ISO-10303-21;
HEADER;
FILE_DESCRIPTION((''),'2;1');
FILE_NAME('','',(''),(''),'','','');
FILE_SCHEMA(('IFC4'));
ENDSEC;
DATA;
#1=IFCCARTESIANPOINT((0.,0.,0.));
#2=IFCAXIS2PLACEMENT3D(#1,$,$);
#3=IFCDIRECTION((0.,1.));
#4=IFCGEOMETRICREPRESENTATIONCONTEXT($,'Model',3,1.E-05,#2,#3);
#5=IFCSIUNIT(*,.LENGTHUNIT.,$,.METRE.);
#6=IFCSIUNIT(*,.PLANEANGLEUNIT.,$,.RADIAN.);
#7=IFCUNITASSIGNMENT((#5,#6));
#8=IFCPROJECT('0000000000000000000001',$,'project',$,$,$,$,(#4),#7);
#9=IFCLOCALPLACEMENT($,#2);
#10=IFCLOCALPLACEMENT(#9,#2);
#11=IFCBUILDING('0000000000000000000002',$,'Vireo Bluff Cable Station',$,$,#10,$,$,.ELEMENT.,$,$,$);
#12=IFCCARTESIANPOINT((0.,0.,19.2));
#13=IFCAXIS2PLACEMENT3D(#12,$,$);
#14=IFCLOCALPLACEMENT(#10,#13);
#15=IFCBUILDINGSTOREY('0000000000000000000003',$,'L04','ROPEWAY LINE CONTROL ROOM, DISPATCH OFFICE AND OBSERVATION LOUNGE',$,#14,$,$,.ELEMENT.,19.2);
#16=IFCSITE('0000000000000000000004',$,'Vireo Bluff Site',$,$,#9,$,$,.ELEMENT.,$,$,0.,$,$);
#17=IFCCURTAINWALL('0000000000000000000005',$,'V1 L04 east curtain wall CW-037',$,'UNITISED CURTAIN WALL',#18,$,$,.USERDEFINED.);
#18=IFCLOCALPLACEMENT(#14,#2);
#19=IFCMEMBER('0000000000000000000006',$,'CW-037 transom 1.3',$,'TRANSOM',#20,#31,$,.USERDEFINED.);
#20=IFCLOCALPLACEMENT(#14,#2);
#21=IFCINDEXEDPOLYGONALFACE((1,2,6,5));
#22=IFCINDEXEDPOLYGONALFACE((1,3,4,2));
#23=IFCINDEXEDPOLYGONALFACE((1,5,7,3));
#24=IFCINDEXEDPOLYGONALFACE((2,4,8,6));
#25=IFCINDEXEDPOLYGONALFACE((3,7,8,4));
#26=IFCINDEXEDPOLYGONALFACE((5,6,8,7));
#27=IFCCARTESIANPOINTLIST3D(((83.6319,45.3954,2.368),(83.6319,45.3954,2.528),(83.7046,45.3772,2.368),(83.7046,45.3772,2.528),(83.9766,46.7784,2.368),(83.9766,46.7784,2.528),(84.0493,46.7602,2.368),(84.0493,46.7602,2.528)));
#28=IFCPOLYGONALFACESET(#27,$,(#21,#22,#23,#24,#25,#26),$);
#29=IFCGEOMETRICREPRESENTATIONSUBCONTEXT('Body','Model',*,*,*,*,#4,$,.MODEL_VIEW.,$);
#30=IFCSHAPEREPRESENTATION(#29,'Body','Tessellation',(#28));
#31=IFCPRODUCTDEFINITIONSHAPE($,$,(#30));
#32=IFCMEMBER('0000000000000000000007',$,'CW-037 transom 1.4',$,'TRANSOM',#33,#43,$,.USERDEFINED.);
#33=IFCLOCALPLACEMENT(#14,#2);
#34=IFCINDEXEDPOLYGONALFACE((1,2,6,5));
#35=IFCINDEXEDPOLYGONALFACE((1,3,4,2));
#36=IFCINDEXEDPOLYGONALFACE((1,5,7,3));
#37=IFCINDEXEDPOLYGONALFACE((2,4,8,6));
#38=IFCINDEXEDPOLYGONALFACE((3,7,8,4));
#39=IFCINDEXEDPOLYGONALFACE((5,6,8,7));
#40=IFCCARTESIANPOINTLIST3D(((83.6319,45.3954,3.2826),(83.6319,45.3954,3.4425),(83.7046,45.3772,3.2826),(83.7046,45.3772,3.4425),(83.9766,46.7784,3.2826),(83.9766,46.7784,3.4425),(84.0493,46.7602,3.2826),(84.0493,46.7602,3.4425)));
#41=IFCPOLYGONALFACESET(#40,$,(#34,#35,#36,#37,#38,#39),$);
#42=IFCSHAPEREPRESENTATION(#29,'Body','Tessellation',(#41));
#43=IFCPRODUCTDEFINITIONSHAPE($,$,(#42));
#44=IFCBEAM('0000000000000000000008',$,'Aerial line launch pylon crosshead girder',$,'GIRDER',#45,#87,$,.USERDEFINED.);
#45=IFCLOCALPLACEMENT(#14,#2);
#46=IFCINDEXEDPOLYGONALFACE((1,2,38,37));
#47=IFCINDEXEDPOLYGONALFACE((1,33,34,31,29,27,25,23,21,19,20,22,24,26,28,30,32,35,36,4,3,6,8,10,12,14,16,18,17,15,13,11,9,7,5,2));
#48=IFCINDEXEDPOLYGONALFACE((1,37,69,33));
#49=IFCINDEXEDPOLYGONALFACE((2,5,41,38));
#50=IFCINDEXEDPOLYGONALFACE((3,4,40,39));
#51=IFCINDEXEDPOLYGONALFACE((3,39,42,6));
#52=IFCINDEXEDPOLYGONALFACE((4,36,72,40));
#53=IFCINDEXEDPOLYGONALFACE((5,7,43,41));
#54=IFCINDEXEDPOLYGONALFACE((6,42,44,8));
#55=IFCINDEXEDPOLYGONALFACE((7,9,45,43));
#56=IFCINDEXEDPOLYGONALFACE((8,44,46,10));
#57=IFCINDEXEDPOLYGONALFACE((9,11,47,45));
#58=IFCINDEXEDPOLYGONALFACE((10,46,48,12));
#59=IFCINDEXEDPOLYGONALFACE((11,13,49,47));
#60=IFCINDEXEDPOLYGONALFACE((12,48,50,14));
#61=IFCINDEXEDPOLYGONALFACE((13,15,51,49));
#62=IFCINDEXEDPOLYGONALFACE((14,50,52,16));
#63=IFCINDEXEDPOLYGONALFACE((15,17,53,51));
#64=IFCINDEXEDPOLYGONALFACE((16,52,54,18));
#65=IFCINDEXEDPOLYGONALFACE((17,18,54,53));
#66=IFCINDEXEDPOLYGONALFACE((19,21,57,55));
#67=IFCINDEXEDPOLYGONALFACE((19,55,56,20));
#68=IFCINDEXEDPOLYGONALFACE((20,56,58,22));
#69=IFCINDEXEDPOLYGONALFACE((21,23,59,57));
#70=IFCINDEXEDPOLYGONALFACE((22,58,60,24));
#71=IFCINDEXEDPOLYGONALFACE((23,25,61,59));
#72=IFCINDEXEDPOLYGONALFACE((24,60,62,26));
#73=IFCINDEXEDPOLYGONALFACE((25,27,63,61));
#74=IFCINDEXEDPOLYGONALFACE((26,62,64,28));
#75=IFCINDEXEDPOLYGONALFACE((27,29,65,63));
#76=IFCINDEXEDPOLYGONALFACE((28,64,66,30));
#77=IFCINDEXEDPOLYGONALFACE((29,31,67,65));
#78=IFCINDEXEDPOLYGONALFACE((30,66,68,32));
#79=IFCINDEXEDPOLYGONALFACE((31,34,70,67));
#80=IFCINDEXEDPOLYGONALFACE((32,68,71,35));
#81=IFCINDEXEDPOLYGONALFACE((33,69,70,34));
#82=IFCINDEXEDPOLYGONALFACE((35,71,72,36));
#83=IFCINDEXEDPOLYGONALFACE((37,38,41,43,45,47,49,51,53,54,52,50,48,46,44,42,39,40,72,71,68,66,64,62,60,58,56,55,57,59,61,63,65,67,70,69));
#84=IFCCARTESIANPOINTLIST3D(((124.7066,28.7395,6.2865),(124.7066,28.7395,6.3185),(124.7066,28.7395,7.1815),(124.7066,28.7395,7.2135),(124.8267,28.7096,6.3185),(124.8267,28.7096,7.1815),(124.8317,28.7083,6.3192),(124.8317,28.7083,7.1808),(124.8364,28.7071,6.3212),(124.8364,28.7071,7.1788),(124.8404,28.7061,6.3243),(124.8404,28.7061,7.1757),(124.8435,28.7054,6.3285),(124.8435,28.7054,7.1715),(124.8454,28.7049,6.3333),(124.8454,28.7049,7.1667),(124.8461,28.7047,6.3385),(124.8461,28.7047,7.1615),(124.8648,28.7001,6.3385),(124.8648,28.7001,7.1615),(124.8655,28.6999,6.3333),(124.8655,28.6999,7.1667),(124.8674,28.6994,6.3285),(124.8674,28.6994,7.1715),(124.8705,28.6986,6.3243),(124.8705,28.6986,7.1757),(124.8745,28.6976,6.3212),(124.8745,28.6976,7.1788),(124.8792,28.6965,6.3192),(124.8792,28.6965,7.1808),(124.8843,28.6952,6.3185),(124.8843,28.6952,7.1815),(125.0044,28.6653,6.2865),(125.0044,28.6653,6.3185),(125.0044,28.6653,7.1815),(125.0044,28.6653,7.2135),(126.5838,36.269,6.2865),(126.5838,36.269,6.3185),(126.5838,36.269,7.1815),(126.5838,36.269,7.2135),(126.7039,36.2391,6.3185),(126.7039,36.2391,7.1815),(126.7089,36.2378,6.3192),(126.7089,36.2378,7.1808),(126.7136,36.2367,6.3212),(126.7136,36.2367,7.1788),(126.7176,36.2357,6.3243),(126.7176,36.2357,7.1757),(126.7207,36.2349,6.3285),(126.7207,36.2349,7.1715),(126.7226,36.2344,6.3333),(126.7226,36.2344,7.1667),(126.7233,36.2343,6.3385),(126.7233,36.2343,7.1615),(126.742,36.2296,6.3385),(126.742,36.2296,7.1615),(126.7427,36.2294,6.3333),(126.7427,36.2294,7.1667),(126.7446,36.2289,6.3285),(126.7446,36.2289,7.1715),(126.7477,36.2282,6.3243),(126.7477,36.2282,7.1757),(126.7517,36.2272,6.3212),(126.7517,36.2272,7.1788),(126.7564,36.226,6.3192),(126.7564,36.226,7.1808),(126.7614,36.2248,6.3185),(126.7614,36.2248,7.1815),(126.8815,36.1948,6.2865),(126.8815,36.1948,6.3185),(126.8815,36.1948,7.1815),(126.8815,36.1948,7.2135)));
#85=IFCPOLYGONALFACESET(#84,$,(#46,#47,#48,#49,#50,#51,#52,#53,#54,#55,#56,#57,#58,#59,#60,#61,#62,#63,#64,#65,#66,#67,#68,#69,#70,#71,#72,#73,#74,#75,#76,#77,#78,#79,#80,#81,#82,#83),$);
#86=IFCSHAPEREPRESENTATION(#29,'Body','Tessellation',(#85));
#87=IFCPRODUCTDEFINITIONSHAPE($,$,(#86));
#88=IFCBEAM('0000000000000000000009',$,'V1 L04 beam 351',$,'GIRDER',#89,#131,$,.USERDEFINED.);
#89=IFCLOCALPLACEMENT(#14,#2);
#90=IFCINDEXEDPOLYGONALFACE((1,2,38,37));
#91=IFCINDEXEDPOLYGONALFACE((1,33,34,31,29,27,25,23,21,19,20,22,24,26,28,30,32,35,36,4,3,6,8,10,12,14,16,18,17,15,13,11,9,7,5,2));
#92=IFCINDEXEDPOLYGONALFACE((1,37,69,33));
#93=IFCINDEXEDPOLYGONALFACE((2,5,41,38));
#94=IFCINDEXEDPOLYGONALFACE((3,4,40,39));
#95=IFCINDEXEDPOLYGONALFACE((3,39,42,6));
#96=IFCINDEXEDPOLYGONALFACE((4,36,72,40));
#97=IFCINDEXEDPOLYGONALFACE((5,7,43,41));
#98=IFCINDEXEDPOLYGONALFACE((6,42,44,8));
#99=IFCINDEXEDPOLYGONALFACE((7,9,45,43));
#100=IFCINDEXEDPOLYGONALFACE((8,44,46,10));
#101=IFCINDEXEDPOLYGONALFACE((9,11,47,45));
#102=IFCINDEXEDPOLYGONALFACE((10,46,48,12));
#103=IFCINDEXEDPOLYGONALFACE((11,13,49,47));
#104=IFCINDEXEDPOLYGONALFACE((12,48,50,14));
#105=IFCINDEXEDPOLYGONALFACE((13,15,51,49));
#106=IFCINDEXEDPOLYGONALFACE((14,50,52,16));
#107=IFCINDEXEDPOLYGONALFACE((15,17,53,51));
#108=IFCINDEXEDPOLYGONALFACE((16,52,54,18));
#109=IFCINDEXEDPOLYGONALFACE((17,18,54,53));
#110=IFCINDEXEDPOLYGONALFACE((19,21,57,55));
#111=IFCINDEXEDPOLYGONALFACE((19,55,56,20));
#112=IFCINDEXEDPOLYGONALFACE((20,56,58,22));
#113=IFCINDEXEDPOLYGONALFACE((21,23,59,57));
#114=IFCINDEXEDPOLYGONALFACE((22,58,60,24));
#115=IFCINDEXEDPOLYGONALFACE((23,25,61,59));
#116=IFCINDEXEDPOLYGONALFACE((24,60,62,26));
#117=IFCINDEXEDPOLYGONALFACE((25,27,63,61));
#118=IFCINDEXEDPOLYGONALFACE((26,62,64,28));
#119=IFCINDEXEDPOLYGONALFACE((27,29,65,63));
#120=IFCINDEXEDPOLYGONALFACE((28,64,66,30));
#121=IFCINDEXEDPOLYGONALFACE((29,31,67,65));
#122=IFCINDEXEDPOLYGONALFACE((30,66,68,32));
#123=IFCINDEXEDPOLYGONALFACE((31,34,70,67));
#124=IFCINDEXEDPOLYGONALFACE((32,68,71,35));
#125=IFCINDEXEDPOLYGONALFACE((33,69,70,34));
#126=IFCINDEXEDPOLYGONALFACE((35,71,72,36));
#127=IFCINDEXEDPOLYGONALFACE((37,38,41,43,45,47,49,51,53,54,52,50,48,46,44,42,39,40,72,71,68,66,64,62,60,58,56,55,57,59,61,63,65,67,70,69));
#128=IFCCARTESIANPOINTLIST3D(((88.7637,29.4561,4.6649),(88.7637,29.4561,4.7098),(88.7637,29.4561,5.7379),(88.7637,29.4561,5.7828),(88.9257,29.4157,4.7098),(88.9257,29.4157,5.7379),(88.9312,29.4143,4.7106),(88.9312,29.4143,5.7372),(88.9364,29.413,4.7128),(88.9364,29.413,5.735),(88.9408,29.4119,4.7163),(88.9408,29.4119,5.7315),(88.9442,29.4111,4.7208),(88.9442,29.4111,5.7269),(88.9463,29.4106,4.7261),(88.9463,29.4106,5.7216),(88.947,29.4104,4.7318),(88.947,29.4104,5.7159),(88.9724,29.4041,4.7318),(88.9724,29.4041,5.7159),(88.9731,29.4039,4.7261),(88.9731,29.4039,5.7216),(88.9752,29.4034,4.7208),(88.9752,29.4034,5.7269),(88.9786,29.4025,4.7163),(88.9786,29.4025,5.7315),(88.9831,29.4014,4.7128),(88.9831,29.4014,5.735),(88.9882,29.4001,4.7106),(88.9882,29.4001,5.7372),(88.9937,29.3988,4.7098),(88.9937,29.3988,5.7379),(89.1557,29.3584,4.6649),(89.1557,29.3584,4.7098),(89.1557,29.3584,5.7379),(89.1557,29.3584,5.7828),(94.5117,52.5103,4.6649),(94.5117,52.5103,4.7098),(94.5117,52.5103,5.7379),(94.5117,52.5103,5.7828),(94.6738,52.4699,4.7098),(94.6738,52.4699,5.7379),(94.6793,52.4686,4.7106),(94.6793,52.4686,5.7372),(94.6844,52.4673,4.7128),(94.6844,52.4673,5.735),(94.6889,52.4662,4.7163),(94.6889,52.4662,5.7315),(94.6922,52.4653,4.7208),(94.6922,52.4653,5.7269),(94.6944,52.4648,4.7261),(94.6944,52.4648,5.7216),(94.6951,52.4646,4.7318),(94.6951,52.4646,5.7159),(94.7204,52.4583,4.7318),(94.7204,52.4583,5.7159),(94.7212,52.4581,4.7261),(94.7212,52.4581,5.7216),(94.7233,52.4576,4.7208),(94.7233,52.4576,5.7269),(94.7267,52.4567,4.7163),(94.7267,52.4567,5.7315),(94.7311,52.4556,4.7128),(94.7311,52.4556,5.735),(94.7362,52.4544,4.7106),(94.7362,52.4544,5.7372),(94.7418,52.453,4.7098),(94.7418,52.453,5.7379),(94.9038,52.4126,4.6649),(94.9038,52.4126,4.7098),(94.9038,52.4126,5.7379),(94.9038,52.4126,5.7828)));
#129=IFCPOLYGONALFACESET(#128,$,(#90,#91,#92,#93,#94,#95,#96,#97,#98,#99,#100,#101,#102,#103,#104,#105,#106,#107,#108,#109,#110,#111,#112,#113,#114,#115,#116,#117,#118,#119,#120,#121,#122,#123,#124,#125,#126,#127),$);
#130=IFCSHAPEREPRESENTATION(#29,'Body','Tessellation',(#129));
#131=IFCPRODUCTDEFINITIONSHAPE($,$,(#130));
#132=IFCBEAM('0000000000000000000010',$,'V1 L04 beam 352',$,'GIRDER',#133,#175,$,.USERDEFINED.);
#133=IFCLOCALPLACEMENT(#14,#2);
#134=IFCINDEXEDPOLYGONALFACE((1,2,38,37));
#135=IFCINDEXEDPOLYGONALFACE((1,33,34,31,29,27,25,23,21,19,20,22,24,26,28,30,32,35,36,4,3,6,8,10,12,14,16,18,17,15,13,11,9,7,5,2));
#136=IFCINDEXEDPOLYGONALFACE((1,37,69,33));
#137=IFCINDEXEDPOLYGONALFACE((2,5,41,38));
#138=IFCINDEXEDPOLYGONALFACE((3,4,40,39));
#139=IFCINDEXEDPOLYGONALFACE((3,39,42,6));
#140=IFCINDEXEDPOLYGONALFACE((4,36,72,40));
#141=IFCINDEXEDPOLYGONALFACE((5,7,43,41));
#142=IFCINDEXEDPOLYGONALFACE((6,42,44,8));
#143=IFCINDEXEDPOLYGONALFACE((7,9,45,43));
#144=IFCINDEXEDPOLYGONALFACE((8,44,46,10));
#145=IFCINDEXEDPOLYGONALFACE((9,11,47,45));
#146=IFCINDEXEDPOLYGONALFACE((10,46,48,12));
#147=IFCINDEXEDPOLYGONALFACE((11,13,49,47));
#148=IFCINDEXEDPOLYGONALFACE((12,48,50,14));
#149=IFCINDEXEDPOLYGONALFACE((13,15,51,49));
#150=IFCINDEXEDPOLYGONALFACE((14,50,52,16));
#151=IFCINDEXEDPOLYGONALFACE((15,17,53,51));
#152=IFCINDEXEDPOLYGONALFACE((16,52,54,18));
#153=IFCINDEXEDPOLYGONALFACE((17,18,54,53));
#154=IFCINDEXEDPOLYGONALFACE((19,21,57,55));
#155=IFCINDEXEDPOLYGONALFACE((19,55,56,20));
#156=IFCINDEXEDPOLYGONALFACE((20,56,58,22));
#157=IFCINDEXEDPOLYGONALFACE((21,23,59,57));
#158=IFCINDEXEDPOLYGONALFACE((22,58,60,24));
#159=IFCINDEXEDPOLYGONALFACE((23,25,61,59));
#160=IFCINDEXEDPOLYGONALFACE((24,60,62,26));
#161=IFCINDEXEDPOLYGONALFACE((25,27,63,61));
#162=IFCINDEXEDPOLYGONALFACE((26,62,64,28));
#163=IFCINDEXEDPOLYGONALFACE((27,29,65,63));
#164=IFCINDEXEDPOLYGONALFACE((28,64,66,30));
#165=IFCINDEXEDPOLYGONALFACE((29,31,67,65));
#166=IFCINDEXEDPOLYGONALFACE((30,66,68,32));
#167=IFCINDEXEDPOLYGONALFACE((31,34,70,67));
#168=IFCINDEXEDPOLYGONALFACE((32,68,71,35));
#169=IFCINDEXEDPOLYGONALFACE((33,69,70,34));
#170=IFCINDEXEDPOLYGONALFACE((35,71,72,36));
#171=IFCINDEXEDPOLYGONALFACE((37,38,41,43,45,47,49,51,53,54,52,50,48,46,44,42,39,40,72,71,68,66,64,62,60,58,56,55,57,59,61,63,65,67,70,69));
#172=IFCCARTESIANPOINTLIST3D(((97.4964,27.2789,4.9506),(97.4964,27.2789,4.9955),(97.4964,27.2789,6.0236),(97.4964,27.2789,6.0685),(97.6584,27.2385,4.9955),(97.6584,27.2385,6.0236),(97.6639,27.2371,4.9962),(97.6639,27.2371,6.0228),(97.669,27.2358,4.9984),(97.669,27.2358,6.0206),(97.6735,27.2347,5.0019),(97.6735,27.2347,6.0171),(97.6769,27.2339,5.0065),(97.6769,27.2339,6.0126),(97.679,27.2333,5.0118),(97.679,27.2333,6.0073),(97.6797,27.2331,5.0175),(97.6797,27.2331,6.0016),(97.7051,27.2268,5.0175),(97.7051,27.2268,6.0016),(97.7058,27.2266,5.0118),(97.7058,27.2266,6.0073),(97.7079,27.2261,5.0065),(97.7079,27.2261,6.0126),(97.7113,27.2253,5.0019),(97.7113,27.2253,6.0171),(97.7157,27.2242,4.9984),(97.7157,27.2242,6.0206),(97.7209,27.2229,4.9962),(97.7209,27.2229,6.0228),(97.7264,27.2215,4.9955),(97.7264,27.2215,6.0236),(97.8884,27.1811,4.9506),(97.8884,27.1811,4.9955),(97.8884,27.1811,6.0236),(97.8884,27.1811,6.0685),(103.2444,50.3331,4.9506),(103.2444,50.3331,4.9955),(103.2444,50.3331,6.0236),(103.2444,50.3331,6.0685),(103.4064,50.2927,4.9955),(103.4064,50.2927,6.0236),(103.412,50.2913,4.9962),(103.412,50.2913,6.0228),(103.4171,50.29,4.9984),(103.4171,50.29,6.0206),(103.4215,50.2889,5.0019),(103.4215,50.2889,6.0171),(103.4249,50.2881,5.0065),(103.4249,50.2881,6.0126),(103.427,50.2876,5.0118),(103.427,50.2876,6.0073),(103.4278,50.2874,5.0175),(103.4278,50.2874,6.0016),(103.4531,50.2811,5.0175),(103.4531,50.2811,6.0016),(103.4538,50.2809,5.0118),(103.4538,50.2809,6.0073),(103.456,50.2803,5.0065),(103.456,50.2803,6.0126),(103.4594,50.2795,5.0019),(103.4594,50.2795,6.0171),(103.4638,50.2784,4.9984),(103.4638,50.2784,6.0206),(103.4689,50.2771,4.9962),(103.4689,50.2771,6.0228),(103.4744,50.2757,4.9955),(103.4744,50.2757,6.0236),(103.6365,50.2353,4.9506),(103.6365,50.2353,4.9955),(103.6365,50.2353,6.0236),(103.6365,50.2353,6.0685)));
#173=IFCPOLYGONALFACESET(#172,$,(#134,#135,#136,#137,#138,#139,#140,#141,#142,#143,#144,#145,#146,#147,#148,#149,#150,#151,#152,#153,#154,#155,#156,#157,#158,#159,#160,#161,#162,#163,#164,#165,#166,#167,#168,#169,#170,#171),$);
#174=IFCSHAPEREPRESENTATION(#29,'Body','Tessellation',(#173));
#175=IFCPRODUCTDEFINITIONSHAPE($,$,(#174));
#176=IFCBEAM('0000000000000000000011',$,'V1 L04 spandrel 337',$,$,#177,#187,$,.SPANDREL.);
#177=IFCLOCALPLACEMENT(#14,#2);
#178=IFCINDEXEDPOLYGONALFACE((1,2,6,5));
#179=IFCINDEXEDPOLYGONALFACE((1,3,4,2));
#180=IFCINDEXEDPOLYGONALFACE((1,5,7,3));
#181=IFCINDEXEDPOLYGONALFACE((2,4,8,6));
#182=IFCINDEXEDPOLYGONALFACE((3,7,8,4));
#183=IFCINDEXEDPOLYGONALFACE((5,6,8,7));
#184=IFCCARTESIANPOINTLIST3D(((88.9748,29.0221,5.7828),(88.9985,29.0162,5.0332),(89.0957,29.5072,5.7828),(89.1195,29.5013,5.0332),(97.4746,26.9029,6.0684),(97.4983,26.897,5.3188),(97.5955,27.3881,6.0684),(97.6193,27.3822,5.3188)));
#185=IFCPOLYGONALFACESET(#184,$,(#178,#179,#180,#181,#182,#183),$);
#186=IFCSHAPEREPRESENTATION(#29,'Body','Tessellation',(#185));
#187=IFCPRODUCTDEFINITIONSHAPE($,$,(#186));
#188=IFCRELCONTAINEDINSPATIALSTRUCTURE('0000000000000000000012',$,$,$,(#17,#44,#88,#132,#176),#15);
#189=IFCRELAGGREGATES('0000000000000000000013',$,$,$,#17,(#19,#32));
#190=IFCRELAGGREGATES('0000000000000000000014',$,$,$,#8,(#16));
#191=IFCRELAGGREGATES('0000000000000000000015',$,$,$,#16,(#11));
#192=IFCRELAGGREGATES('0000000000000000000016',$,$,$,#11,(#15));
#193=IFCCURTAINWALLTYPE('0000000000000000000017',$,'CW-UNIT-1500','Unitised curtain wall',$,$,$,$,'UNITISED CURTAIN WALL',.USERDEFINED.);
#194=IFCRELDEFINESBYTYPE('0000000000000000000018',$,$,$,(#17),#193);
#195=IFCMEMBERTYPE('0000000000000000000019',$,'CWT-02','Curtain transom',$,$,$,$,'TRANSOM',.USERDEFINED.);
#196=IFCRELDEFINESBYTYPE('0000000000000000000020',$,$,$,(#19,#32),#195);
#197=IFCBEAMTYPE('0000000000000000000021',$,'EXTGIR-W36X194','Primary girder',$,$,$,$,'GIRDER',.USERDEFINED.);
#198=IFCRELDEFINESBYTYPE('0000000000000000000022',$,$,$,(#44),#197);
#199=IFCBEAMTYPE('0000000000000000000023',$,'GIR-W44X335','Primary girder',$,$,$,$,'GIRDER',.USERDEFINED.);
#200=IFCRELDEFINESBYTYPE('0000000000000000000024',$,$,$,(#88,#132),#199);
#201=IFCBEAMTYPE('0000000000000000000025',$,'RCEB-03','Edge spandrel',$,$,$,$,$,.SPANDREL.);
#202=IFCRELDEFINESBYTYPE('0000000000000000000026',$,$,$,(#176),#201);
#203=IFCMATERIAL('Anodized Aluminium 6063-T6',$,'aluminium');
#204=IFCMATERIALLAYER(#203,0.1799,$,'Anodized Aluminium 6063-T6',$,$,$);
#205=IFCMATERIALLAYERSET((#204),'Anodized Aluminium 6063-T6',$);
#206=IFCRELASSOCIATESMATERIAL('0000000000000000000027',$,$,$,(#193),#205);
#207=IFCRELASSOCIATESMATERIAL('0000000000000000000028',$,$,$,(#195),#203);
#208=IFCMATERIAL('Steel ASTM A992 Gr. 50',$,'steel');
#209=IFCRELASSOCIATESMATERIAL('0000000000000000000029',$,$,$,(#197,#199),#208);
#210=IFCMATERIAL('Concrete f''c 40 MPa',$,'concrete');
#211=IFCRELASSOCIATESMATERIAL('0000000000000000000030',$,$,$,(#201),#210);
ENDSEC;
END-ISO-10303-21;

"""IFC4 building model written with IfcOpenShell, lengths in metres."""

from ifc_helpers import new_model, si_unit, direction, frame, origin, origin_2d, place, context, subcontext, project, spatial, rectangle, i_section, extrude, material, layer, layer_set, material_profile, profile_set, type_object, element, aggregate, save


model = new_model("IFC4")

# Units and contexts
model_context = context("Model", 3, precision=1e-05, world=origin(), true_north=direction((0.0, 1.0)))
body_context = subcontext(model_context, "Body", "Model", "MODEL_VIEW")
ifc_project = project(units=[si_unit("LENGTHUNIT", "METRE"), si_unit("PLANEANGLEUNIT", "RADIAN")], contexts=[model_context])

# Site, building, storey
site_placement = place(None, origin())
site = spatial("IfcSite", under=ifc_project, at=site_placement, Name="Vireo Bluff Site", CompositionType="ELEMENT", RefElevation=0.0)
building_placement = place(site_placement, origin())
building = spatial("IfcBuilding", under=site, at=building_placement, Name="Vireo Bluff Cable Station", CompositionType="ELEMENT")
storey_placement = place(building_placement, frame((0.0, 0.0, 19.2)))
storey = spatial("IfcBuildingStorey", under=building, at=storey_placement, Name="L04", Description="ROPEWAY LINE CONTROL ROOM, DISPATCH OFFICE AND OBSERVATION LOUNGE", CompositionType="ELEMENT", Elevation=19.2)

# Shared definitions
ifc_material_1 = material(Name="Steel ASTM A992 Gr. 50", Category="steel")

# Shared definitions
ifc_material_2 = material(Name="Anodized Aluminium 6063-T6", Category="aluminium")

# Curtain wall
ifc_layer_1 = layer(ifc_material_2, 0.1799, Name="Anodized Aluminium 6063-T6")
ifc_layer_set_1 = layer_set([ifc_layer_1], Name="Anodized Aluminium 6063-T6")
curtain_wall_type_1 = type_object("IfcCurtainWallType", Name="CW-UNIT-1500", Description="Unitised curtain wall", ElementType="UNITISED CURTAIN WALL", PredefinedType="USERDEFINED", material=ifc_layer_set_1)
curtain_wall_1_placement = place(storey_placement, origin())
curtain_wall_1 = element("IfcCurtainWall", 1, at=curtain_wall_1_placement, inside=storey, type_object=curtain_wall_type_1, Name="V1 L04 east curtain wall CW-037", ObjectType="UNITISED CURTAIN WALL", PredefinedType="USERDEFINED")

# Members
ifc_material_profile_1 = material_profile(ifc_material_2, rectangle(XDim=0.075, YDim=0.1599, at=origin_2d()), Name="ALU-T-75X160")
ifc_profile_set_1 = profile_set([ifc_material_profile_1], Name="Anodized Aluminium 6063-T6")
member_type_1 = type_object("IfcMemberType", Name="CWT-02", Description="Curtain transom", ElementType="TRANSOM", PredefinedType="USERDEFINED", material=ifc_profile_set_1)
member_1_placement = place(storey_placement, frame((84.0129, 46.7693, 2.448), z_axis=(-0.24185, -0.970314, 0.0), x_axis=(0.970314, -0.24185, 0.0)))
member_1 = element("IfcMember", 2, at=member_1_placement, type_object=member_type_1, Name="CW-037 transom 1.3", ObjectType="TRANSOM", PredefinedType="USERDEFINED", context=body_context, shape_type="SweptSolid", body=[
    extrude(rectangle(XDim=0.075, YDim=0.1599, at=origin_2d()), origin(), (0.0, 0.0, 1.0), 1.4253),
])
member_2_placement = place(storey_placement, frame((84.0129, 46.7693, 3.3625), z_axis=(-0.24185, -0.970314, 0.0), x_axis=(0.970314, -0.24185, 0.0)))
member_2 = element("IfcMember", 3, at=member_2_placement, type_object=member_type_1, Name="CW-037 transom 1.4", ObjectType="TRANSOM", PredefinedType="USERDEFINED", context=body_context, shape_type="SweptSolid", body=[
    extrude(rectangle(XDim=0.075, YDim=0.1599, at=origin_2d()), origin(), (0.0, 0.0, 1.0), 1.4253),
])
aggregate(curtain_wall_1, [member_1, member_2])

# Beams
ifc_material_profile_2 = material_profile(ifc_material_1, i_section(OverallWidth=0.3069, OverallDepth=0.927, WebThickness=0.0193, FlangeThickness=0.032, FilletRadius=0.02, at=origin_2d()), Name="W36X194")
ifc_profile_set_2 = profile_set([ifc_material_profile_2], Name="Steel ASTM A992 Gr. 50")
beam_type_1 = type_object("IfcBeamType", Name="EXTGIR-W36X194", Description="Primary girder", ElementType="GIRDER", PredefinedType="USERDEFINED", material=ifc_profile_set_2)
beam_1_placement = place(storey_placement, frame((124.8555, 28.7024, 6.75), z_axis=(0.241906, 0.9703, 0.0), x_axis=(-0.9703, 0.241906, 0.0)))
element("IfcBeam", 4, at=beam_1_placement, inside=storey, type_object=beam_type_1, Name="Aerial line launch pylon crosshead girder", ObjectType="GIRDER", PredefinedType="USERDEFINED", context=body_context, shape_type="SweptSolid", body=[
    extrude(i_section(OverallWidth=0.3069, OverallDepth=0.927, WebThickness=0.0193, FlangeThickness=0.032, FilletRadius=0.02, at=origin_2d()), origin(), (0.0, 0.0, 1.0), 7.76),
])
ifc_material_profile_3 = material_profile(ifc_material_1, i_section(OverallWidth=0.4041, OverallDepth=1.1179, WebThickness=0.0261, FlangeThickness=0.0449, FilletRadius=0.022, at=origin_2d()), Name="W44X335")
ifc_profile_set_3 = profile_set([ifc_material_profile_3], Name="Steel ASTM A992 Gr. 50")
beam_type_2 = type_object("IfcBeamType", Name="GIR-W44X335", Description="Primary girder", ElementType="GIRDER", PredefinedType="USERDEFINED", material=ifc_profile_set_3)
for number, where, z_axis, x_axis, name in (
    (5, (88.9597, 29.4072, 5.2239), (0.241921, 0.970296, 0.0), (-0.970296, 0.241921, 0.0), "V1 L04 beam 351"),
    (6, (97.6924, 27.23, 5.5095), (0.241921, 0.970296, 0.0), (-0.970296, 0.241921, 0.0), "V1 L04 beam 352"),
):
    element("IfcBeam", number, at=place(storey_placement, frame(where, z_axis=z_axis, x_axis=x_axis)), inside=storey, type_object=beam_type_2, Name=name, ObjectType="GIRDER", PredefinedType="USERDEFINED", context=body_context, shape_type="SweptSolid", body=[
        extrude(i_section(OverallWidth=0.4041, OverallDepth=1.1179, WebThickness=0.0261, FlangeThickness=0.0449, FilletRadius=0.022, at=origin_2d()), origin(), (0.0, 0.0, 1.0), 23.76),
    ])
ifc_material_3 = material(Name="Concrete f'c 40 MPa", Category="concrete")
ifc_material_profile_4 = material_profile(ifc_material_3, rectangle(XDim=0.5, YDim=0.75, at=origin_2d()), Name="RC-EB-500X750")
ifc_profile_set_4 = profile_set([ifc_material_profile_4], Name="Concrete f'c 40 MPa")
beam_type_3 = type_object("IfcBeamType", Name="RCEB-03", Description="Edge spandrel", PredefinedType="SPANDREL", material=ifc_profile_set_4)
for number, where, z_axis, x_axis, name in (
    (7, (89.0471, 29.2617, 5.408), (0.969783, -0.241784, 0.032591), (0.241913, 0.970298, 0.0), "V1 L04 spandrel 337"),
):
    element("IfcBeam", number, at=place(storey_placement, frame(where, z_axis=z_axis, x_axis=x_axis)), inside=storey, type_object=beam_type_3, Name=name, PredefinedType="SPANDREL", context=body_context, shape_type="SweptSolid", body=[
        extrude(rectangle(XDim=0.5, YDim=0.75, at=origin_2d()), origin(), (0.0, 0.0, 1.0), 8.7646),
    ])

save(model, "model.ifc")
